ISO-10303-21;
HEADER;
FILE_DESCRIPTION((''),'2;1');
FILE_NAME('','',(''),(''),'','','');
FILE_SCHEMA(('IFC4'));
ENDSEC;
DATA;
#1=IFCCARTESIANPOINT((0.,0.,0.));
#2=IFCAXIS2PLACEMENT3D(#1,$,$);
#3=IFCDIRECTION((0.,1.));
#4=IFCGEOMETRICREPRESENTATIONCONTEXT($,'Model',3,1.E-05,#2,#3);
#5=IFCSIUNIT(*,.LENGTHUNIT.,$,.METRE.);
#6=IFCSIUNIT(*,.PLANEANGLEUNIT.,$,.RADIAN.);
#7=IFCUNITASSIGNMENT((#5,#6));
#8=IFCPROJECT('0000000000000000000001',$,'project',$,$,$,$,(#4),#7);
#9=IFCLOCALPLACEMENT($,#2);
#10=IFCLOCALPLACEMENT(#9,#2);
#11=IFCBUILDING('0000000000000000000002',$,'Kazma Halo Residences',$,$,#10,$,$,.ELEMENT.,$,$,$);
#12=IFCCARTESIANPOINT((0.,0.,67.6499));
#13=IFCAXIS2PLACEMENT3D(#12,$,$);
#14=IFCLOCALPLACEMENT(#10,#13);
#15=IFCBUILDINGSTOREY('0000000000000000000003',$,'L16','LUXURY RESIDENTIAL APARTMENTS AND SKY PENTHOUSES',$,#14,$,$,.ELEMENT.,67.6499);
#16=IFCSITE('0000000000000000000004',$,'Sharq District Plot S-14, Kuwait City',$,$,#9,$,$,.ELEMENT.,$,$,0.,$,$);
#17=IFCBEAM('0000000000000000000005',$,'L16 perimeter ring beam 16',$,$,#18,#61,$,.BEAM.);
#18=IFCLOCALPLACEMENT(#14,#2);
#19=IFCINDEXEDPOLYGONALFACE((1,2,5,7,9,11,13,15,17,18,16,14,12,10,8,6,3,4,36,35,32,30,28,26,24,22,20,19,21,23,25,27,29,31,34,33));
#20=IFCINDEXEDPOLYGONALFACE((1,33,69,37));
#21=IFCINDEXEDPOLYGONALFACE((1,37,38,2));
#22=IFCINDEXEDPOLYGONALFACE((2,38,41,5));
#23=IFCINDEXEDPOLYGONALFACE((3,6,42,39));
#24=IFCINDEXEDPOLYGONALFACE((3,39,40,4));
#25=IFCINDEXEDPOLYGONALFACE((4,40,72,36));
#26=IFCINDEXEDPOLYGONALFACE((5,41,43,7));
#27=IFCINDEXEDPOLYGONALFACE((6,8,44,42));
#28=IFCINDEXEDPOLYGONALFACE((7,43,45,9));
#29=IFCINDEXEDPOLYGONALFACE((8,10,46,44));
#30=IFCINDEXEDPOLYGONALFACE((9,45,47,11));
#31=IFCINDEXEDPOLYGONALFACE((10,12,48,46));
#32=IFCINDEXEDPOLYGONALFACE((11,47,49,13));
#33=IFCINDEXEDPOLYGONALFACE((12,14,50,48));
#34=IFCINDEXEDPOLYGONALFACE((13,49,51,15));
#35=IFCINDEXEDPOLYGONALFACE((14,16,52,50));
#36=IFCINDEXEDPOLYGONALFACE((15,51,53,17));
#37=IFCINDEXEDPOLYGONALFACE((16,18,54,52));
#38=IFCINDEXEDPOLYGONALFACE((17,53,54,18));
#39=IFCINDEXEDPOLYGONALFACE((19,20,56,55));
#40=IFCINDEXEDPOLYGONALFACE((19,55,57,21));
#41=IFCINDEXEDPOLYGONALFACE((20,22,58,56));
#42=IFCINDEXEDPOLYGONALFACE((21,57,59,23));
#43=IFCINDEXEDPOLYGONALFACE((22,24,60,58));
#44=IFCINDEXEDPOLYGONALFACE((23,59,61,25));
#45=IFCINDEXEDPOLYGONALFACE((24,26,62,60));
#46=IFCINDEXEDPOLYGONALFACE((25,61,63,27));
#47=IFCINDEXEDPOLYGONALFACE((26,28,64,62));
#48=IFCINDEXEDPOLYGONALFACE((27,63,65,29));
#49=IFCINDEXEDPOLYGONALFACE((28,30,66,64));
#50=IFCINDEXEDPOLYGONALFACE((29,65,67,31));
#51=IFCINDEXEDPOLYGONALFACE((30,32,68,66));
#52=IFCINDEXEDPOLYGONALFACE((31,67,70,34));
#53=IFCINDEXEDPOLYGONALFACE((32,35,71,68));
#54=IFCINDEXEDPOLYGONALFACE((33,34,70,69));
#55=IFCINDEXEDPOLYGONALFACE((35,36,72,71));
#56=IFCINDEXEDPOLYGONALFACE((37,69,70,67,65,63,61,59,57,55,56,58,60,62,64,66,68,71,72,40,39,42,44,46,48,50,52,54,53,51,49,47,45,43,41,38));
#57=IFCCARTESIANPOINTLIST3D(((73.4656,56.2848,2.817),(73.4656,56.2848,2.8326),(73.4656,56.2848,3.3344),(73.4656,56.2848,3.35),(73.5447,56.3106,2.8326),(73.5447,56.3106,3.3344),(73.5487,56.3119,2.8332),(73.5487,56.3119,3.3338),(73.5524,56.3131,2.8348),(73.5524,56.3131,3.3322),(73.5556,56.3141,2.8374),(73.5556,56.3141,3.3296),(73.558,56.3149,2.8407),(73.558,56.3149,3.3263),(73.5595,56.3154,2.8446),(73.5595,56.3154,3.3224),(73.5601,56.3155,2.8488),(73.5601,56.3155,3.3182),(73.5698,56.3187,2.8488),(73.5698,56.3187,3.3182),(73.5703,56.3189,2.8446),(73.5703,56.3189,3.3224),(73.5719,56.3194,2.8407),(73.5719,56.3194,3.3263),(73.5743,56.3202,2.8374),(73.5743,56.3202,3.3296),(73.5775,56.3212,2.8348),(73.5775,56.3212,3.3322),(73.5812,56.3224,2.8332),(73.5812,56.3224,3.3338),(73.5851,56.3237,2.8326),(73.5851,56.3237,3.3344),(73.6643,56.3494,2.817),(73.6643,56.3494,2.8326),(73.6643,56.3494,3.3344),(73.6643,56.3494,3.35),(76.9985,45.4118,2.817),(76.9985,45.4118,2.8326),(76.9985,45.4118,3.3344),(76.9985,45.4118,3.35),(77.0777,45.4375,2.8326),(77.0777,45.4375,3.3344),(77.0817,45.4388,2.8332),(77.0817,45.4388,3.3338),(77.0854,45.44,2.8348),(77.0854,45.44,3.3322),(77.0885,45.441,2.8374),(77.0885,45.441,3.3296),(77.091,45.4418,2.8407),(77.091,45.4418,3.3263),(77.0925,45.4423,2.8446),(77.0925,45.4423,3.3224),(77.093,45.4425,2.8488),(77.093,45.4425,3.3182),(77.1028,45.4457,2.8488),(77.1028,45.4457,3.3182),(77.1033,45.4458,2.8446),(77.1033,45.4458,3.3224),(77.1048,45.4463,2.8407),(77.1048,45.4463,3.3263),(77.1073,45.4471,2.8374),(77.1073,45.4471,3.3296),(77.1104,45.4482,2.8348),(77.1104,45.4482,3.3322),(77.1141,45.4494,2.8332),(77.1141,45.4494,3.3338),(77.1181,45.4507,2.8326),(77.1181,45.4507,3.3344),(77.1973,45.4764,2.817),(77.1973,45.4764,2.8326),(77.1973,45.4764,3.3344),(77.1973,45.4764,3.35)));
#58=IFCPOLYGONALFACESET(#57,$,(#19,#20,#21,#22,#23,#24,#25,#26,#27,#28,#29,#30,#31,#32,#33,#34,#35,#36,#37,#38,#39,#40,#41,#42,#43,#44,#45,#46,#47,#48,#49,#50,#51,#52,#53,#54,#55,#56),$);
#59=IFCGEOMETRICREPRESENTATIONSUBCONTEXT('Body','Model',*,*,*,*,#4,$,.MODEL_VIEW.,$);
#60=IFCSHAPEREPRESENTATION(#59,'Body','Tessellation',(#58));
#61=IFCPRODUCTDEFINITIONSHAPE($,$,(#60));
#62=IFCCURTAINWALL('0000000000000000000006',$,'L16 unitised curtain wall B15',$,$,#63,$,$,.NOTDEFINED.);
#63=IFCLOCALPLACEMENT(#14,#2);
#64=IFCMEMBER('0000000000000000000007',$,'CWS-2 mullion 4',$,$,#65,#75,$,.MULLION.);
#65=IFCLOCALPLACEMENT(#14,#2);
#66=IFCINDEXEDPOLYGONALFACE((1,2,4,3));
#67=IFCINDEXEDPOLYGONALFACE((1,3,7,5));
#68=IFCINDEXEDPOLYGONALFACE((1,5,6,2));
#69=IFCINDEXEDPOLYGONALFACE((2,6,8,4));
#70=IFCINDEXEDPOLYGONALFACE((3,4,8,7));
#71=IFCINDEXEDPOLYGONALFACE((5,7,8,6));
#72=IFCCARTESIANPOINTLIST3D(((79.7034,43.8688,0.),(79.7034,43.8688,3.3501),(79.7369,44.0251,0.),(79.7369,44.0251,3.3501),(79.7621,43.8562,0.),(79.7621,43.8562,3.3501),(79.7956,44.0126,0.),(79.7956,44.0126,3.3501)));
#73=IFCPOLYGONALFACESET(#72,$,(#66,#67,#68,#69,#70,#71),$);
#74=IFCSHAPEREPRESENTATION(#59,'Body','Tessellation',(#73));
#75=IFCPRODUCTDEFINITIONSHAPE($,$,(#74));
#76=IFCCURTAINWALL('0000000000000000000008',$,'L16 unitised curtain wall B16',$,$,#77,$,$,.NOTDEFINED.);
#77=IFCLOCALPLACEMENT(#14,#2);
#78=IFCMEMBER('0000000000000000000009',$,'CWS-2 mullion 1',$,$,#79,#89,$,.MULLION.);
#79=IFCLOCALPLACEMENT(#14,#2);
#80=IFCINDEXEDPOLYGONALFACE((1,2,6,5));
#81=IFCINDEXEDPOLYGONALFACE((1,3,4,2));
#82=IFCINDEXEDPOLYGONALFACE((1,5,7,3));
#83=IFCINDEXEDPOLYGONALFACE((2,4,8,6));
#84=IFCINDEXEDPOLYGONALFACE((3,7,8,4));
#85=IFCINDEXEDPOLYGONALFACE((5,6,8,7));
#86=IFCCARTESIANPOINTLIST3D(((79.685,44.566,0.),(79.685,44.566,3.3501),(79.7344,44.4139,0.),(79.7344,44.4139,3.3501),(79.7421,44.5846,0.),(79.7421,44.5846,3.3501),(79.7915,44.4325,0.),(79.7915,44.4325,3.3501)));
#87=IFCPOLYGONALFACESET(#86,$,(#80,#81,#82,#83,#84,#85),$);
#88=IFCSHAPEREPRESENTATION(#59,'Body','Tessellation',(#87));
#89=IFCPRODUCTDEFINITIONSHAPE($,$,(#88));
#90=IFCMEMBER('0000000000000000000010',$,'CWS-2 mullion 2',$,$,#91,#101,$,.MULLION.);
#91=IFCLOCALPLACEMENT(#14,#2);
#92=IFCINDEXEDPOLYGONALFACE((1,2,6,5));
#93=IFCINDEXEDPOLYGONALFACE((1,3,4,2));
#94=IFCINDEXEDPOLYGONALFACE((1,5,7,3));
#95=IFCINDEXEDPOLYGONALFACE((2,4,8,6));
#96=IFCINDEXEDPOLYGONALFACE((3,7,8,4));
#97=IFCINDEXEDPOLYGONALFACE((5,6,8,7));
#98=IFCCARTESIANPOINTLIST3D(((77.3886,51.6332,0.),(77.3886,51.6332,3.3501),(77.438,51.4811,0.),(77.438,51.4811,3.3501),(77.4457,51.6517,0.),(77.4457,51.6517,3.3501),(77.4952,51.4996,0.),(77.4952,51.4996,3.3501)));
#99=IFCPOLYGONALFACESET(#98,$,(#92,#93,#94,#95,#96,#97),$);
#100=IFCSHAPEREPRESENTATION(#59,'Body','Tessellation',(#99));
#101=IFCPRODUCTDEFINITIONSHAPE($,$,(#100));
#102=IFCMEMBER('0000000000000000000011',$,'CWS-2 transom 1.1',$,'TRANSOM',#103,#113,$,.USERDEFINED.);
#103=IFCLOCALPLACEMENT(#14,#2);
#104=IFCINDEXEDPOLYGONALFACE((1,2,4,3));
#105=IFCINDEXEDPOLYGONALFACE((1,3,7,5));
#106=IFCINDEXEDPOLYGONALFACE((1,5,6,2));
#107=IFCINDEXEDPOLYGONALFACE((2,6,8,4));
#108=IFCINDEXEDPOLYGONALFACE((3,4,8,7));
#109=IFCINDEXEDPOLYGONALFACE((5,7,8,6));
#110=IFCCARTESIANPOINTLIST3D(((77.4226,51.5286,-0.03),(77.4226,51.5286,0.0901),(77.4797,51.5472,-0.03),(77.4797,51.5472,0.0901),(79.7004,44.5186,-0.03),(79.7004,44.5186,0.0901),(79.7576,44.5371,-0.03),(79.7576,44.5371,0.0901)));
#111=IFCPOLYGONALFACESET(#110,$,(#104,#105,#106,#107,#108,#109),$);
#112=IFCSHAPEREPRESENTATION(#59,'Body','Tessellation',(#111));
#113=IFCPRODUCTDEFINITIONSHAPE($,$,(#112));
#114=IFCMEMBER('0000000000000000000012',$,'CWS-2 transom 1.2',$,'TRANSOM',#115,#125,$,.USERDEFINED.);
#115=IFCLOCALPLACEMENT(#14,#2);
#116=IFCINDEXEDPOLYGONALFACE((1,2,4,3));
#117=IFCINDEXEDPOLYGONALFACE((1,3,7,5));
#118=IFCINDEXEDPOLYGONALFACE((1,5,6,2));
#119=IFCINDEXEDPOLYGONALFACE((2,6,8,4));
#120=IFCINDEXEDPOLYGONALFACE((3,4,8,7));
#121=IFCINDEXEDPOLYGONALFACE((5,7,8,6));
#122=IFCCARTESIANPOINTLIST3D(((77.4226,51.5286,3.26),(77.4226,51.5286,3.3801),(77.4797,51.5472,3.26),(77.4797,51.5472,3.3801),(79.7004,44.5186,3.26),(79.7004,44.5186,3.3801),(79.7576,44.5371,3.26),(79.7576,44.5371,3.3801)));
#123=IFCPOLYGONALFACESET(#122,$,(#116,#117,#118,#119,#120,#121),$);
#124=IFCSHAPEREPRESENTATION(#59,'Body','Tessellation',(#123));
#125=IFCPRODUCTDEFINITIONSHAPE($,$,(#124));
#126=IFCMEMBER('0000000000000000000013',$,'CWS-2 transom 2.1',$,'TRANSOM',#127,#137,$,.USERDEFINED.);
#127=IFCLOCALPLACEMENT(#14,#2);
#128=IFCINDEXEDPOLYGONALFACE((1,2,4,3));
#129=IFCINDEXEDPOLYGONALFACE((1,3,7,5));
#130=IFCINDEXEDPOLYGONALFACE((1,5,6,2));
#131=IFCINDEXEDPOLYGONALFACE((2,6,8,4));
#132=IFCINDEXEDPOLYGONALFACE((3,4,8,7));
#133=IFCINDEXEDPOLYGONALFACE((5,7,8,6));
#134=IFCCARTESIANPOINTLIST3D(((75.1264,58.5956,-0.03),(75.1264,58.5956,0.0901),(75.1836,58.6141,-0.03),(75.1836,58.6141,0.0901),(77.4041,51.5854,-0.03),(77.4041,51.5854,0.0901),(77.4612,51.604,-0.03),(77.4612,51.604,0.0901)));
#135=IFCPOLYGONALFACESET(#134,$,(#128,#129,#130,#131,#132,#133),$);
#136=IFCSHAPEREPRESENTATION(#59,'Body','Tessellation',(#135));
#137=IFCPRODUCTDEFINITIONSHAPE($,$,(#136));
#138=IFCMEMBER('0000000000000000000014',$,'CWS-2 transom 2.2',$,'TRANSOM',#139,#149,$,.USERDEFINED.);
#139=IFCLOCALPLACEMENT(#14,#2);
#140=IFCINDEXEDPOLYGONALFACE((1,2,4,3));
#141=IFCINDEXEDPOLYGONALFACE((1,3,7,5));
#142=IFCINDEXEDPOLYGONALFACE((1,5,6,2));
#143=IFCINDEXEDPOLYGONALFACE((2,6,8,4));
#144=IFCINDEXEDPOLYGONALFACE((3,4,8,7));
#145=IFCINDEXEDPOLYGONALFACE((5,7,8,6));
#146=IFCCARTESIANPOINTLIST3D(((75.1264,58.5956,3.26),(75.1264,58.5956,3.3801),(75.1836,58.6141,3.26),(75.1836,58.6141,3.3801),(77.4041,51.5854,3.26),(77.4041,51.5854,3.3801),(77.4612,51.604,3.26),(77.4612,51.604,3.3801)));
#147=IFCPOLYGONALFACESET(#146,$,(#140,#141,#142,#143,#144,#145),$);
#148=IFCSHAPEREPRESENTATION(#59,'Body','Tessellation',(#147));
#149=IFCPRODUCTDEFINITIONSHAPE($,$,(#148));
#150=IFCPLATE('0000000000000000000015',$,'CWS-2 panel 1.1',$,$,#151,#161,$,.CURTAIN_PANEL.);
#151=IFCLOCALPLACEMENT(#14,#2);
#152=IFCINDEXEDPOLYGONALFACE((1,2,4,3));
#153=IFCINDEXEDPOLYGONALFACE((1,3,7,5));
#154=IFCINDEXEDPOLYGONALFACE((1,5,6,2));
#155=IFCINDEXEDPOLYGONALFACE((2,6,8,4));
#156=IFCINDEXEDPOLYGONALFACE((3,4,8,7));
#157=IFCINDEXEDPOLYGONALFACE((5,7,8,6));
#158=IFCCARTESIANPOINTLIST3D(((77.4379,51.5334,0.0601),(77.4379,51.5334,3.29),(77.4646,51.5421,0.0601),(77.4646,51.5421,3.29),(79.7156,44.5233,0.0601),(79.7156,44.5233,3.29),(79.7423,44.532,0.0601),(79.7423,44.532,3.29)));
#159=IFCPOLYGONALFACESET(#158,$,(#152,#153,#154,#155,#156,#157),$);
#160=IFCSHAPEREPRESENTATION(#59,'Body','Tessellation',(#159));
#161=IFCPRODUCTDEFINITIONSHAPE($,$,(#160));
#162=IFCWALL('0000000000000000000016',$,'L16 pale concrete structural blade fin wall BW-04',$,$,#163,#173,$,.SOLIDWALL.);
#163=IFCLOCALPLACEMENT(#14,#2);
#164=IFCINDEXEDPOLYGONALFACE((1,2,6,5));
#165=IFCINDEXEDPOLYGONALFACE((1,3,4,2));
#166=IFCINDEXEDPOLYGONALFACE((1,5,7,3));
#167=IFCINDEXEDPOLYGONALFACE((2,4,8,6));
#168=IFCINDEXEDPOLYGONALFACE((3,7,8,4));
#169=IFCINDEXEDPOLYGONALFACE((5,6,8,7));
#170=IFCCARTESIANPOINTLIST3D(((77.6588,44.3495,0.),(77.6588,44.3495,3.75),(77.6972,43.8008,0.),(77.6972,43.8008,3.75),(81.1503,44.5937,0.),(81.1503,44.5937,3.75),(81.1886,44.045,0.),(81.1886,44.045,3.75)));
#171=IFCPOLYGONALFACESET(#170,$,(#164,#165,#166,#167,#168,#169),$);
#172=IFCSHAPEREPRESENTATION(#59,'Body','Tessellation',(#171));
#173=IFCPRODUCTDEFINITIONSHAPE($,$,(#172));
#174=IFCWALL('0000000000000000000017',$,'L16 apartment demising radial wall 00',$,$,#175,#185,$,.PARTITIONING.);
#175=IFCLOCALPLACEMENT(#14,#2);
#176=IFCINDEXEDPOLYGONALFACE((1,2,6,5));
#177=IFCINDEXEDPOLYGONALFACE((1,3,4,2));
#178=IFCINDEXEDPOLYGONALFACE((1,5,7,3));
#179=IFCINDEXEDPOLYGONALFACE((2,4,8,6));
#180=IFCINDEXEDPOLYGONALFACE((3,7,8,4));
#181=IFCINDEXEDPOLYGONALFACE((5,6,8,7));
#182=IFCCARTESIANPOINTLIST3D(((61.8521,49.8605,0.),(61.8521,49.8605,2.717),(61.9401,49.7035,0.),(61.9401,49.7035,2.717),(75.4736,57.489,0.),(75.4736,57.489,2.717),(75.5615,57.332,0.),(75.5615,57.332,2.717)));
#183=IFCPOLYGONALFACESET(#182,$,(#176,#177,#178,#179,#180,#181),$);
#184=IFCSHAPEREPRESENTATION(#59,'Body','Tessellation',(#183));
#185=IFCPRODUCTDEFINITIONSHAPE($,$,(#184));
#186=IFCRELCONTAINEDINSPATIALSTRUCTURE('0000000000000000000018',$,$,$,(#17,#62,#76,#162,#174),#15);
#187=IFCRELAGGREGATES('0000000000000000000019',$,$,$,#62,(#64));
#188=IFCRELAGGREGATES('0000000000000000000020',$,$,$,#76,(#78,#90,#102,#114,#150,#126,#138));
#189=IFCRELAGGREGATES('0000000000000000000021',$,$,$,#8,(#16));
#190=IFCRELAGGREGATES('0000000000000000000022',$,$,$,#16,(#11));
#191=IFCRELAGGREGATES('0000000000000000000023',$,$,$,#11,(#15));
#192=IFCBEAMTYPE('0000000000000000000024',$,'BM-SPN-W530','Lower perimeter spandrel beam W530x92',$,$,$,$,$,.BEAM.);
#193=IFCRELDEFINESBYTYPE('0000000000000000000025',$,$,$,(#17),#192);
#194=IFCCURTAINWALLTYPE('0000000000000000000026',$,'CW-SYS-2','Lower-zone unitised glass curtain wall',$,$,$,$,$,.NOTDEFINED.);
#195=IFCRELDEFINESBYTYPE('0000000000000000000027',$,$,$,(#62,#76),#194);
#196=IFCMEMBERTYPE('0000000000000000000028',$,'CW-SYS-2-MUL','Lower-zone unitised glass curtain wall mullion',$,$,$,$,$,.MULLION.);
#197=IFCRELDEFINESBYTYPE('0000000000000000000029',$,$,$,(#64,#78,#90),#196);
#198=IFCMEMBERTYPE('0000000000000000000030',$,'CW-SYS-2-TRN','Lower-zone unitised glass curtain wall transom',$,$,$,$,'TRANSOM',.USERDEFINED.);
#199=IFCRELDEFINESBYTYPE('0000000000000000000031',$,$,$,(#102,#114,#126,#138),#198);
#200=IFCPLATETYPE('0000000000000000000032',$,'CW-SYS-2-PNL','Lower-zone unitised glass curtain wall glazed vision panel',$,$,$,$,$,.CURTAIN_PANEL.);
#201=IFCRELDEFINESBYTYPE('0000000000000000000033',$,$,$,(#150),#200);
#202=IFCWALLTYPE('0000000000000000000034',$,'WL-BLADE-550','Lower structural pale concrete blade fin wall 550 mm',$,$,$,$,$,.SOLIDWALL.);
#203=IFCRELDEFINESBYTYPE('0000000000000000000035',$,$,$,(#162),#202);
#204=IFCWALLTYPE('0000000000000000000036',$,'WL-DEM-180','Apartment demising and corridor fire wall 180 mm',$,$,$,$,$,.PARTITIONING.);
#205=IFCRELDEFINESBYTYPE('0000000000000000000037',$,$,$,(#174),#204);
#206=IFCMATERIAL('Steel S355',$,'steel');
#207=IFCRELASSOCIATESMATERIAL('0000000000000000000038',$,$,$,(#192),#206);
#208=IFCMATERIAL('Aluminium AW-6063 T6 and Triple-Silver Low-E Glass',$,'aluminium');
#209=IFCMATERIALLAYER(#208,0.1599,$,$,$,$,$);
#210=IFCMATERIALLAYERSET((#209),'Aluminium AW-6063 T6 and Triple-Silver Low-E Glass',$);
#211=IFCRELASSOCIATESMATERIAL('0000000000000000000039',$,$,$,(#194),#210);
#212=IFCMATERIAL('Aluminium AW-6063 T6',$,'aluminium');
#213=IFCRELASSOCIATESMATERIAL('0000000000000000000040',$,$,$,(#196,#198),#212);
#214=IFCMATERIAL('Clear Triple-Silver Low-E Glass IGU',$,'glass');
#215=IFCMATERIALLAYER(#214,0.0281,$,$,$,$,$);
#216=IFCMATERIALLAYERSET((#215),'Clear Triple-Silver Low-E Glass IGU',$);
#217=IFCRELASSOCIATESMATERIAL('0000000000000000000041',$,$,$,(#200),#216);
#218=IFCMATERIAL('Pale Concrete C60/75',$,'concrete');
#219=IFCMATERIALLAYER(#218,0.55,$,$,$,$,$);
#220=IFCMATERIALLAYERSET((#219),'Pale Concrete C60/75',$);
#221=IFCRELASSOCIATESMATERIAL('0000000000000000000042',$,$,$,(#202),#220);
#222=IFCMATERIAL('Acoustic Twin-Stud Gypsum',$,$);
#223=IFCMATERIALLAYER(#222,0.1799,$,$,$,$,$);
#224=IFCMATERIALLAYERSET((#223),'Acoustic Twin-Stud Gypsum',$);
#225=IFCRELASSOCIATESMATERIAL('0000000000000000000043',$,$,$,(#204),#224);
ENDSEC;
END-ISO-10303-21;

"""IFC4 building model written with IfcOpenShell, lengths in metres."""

from ifc_helpers import new_model, si_unit, direction, frame, frame_2d, origin, origin_2d, place, context, subcontext, project, spatial, rectangle, i_section, extrude, material, layer, layer_set, material_profile, profile_set, type_object, element, aggregate, save


model = new_model("IFC4")

# Units and contexts
model_context = context("Model", 3, precision=1e-05, world=origin(), true_north=direction((0.0, 1.0)))
body_context = subcontext(model_context, "Body", "Model", "MODEL_VIEW")
ifc_project = project(units=[si_unit("LENGTHUNIT", "METRE"), si_unit("PLANEANGLEUNIT", "RADIAN")], contexts=[model_context])

# Site, building, storey
site_placement = place(None, origin())
site = spatial("IfcSite", under=ifc_project, at=site_placement, Name="Sharq District Plot S-14, Kuwait City", CompositionType="ELEMENT", RefElevation=0.0)
building_placement = place(site_placement, origin())
building = spatial("IfcBuilding", under=site, at=building_placement, Name="Kazma Halo Residences", CompositionType="ELEMENT")
storey_placement = place(building_placement, frame((0.0, 0.0, 67.6499)))
storey = spatial("IfcBuildingStorey", under=building, at=storey_placement, Name="L16", Description="LUXURY RESIDENTIAL APARTMENTS AND SKY PENTHOUSES", CompositionType="ELEMENT", Elevation=67.6499)

# Beam
ifc_material_1 = material(Name="Steel S355", Category="steel")
ifc_material_profile_1 = material_profile(ifc_material_1, i_section(OverallWidth=0.209, OverallDepth=0.533, WebThickness=0.0103, FlangeThickness=0.0156, FilletRadius=0.0161, at=origin_2d()), Name="W530x92")
ifc_profile_set_1 = profile_set([ifc_material_profile_1], Name="Steel S355")
beam_type_1 = type_object("IfcBeamType", Name="BM-SPN-W530", Description="Lower perimeter spandrel beam W530x92", PredefinedType="BEAM", material=ifc_profile_set_1)
beam_1_placement = place(storey_placement, frame((77.0979, 45.4441, 3.0835), z_axis=(-0.309024, 0.951054, 0.0), x_axis=(-0.951054, -0.309024, 0.0)))
element("IfcBeam", 1, at=beam_1_placement, inside=storey, type_object=beam_type_1, Name="L16 perimeter ring beam 16", PredefinedType="BEAM", context=body_context, shape_type="SweptSolid", body=[
    extrude(i_section(OverallWidth=0.209, OverallDepth=0.533, WebThickness=0.0103, FlangeThickness=0.0156, FilletRadius=0.0161, at=origin_2d()), origin(), (0.0, 0.0, 1.0), 11.4326),
])

# Curtain wall, member
ifc_material_2 = material(Name="Aluminium AW-6063 T6 and Triple-Silver Low-E Glass", Category="aluminium")
ifc_layer_1 = layer(ifc_material_2, 0.1599)
ifc_layer_set_1 = layer_set([ifc_layer_1], Name="Aluminium AW-6063 T6 and Triple-Silver Low-E Glass")
curtain_wall_type = type_object("IfcCurtainWallType", Name="CW-SYS-2", Description="Lower-zone unitised glass curtain wall", PredefinedType="NOTDEFINED", material=ifc_layer_set_1)
curtain_wall_1_placement = place(storey_placement, origin())
curtain_wall_1 = element("IfcCurtainWall", 2, at=curtain_wall_1_placement, inside=storey, type_object=curtain_wall_type, Name="L16 unitised curtain wall B15", PredefinedType="NOTDEFINED")
ifc_material_3 = material(Name="Aluminium AW-6063 T6", Category="aluminium")
ifc_material_profile_2 = material_profile(ifc_material_3, rectangle(XDim=0.0601, YDim=0.1599, at=origin_2d()), Name="CWM-60x160")
ifc_profile_set_2 = profile_set([ifc_material_profile_2], Name="Aluminium AW-6063 T6")
member_type_1 = type_object("IfcMemberType", Name="CW-SYS-2-MUL", Description="Lower-zone unitised glass curtain wall mullion", PredefinedType="MULLION", material=ifc_profile_set_2)
member_1_placement = place(storey_placement, frame((79.7495, 43.9407, 0.0), z_axis=(0.0, 0.0, 1.0), x_axis=(-0.977779, 0.209637, 0.0)))
member_1 = element("IfcMember", 3, at=member_1_placement, type_object=member_type_1, Name="CWS-2 mullion 4", PredefinedType="MULLION", context=body_context, shape_type="SweptSolid", body=[
    extrude(rectangle(XDim=0.0601, YDim=0.1599, at=origin_2d()), origin(), (0.0, 0.0, 1.0), 3.3501),
])
aggregate(curtain_wall_1, [member_1])

# Curtain wall, members, plate
curtain_wall_2_placement = place(storey_placement, origin())
curtain_wall_2 = element("IfcCurtainWall", 4, at=curtain_wall_2_placement, inside=storey, type_object=curtain_wall_type, Name="L16 unitised curtain wall B16", PredefinedType="NOTDEFINED")
member_2_placement = place(storey_placement, frame((79.7383, 44.4993, 0.0), z_axis=(0.0, 0.0, 1.0), x_axis=(-0.951057, -0.309017, 0.0)))
member_2 = element("IfcMember", 5, at=member_2_placement, type_object=member_type_1, Name="CWS-2 mullion 1", PredefinedType="MULLION", context=body_context, shape_type="SweptSolid", body=[
    extrude(rectangle(XDim=0.0601, YDim=0.1599, at=origin_2d()), origin(), (0.0, 0.0, 1.0), 3.3501),
])
member_3_placement = place(storey_placement, frame((77.4419, 51.5664, 0.0), z_axis=(0.0, 0.0, 1.0), x_axis=(-0.951057, -0.309017, 0.0)))
member_3 = element("IfcMember", 6, at=member_3_placement, type_object=member_type_1, Name="CWS-2 mullion 2", PredefinedType="MULLION", context=body_context, shape_type="SweptSolid", body=[
    extrude(rectangle(XDim=0.0601, YDim=0.1599, at=origin_2d()), origin(), (0.0, 0.0, 1.0), 3.3501),
])
ifc_material_profile_3 = material_profile(ifc_material_3, rectangle(XDim=0.0601, YDim=0.1201, at=origin_2d()), Name="CWT-60x120")
ifc_profile_set_3 = profile_set([ifc_material_profile_3], Name="Aluminium AW-6063 T6")
member_type_2 = type_object("IfcMemberType", Name="CW-SYS-2-TRN", Description="Lower-zone unitised glass curtain wall transom", ElementType="TRANSOM", PredefinedType="USERDEFINED", material=ifc_profile_set_3)
member_4_placement = place(storey_placement, frame((79.729, 44.5278, 0.03), z_axis=(-0.309034, 0.951051, 0.0), x_axis=(-0.951051, -0.309034, 0.0)))
member_4 = element("IfcMember", 7, at=member_4_placement, type_object=member_type_2, Name="CWS-2 transom 1.1", ObjectType="TRANSOM", PredefinedType="USERDEFINED", context=body_context, shape_type="SweptSolid", body=[
    extrude(rectangle(XDim=0.0601, YDim=0.1201, at=origin_2d()), origin(), (0.0, 0.0, 1.0), 7.3708),
])
member_5_placement = place(storey_placement, frame((79.729, 44.5278, 3.3201), z_axis=(-0.309034, 0.951051, 0.0), x_axis=(-0.951051, -0.309034, 0.0)))
member_5 = element("IfcMember", 8, at=member_5_placement, type_object=member_type_2, Name="CWS-2 transom 1.2", ObjectType="TRANSOM", PredefinedType="USERDEFINED", context=body_context, shape_type="SweptSolid", body=[
    extrude(rectangle(XDim=0.0601, YDim=0.1201, at=origin_2d()), origin(), (0.0, 0.0, 1.0), 7.3708),
])
member_6_placement = place(storey_placement, frame((77.4326, 51.5947, 0.03), z_axis=(-0.309004, 0.951061, 0.0), x_axis=(-0.951061, -0.309004, 0.0)))
member_6 = element("IfcMember", 9, at=member_6_placement, type_object=member_type_2, Name="CWS-2 transom 2.1", ObjectType="TRANSOM", PredefinedType="USERDEFINED", context=body_context, shape_type="SweptSolid", body=[
    extrude(rectangle(XDim=0.0601, YDim=0.1201, at=origin_2d()), origin(), (0.0, 0.0, 1.0), 7.3708),
])
member_7_placement = place(storey_placement, frame((77.4326, 51.5947, 3.3201), z_axis=(-0.309004, 0.951061, 0.0), x_axis=(-0.951061, -0.309004, 0.0)))
member_7 = element("IfcMember", 10, at=member_7_placement, type_object=member_type_2, Name="CWS-2 transom 2.2", ObjectType="TRANSOM", PredefinedType="USERDEFINED", context=body_context, shape_type="SweptSolid", body=[
    extrude(rectangle(XDim=0.0601, YDim=0.1201, at=origin_2d()), origin(), (0.0, 0.0, 1.0), 7.3708),
])
ifc_material_4 = material(Name="Clear Triple-Silver Low-E Glass IGU", Category="glass")
ifc_layer_2 = layer(ifc_material_4, 0.0281)
ifc_layer_set_2 = layer_set([ifc_layer_2], Name="Clear Triple-Silver Low-E Glass IGU")
plate_type = type_object("IfcPlateType", Name="CW-SYS-2-PNL", Description="Lower-zone unitised glass curtain wall glazed vision panel", PredefinedType="CURTAIN_PANEL", material=ifc_layer_set_2)
plate_placement = place(storey_placement, frame((78.5901, 48.0327, 0.0601), z_axis=(0.0, 0.0, 1.0), x_axis=(-0.309017, 0.951057, 0.0)))
plate = element("IfcPlate", 11, at=plate_placement, type_object=plate_type, Name="CWS-2 panel 1.1", PredefinedType="CURTAIN_PANEL", context=body_context, shape_type="SweptSolid", body=[
    extrude(rectangle(XDim=7.3708, YDim=0.0281, at=origin_2d()), origin(), (0.0, 0.0, 1.0), 3.23),
])
aggregate(curtain_wall_2, [member_2, member_3, member_4, member_5, plate, member_6, member_7])

# Walls
ifc_material_5 = material(Name="Pale Concrete C60/75", Category="concrete")
ifc_layer_3 = layer(ifc_material_5, 0.55)
ifc_layer_set_3 = layer_set([ifc_layer_3], Name="Pale Concrete C60/75")
wall_type_1 = type_object("IfcWallType", Name="WL-BLADE-550", Description="Lower structural pale concrete blade fin wall 550 mm", PredefinedType="SOLIDWALL", material=ifc_layer_set_3)
wall_1_placement = place(storey_placement, frame((77.678, 44.0752, 0.0), z_axis=(0.0, 0.0, 1.0), x_axis=(0.997564, 0.069755, 0.0)))
element("IfcWall", 12, at=wall_1_placement, inside=storey, type_object=wall_type_1, Name="L16 pale concrete structural blade fin wall BW-04", PredefinedType="SOLIDWALL", context=body_context, shape_type="SweptSolid", body=[
    extrude(rectangle(XDim=3.5, YDim=0.55, at=frame_2d((1.75, 0.0))), origin(), (0.0, 0.0, 1.0), 3.75),
])
ifc_material_6 = material(Name="Acoustic Twin-Stud Gypsum")
ifc_layer_4 = layer(ifc_material_6, 0.1799)
ifc_layer_set_4 = layer_set([ifc_layer_4], Name="Acoustic Twin-Stud Gypsum")
wall_type_2 = type_object("IfcWallType", Name="WL-DEM-180", Description="Apartment demising and corridor fire wall 180 mm", PredefinedType="PARTITIONING", material=ifc_layer_set_4)
wall_2_placement = place(storey_placement, frame((61.896, 49.782, 0.0), z_axis=(0.0, 0.0, 1.0), x_axis=(0.872493, 0.488626, 0.0)))
element("IfcWall", 13, at=wall_2_placement, inside=storey, type_object=wall_type_2, Name="L16 apartment demising radial wall 00", PredefinedType="PARTITIONING", context=body_context, shape_type="SweptSolid", body=[
    extrude(rectangle(XDim=15.6121, YDim=0.1799, at=frame_2d((7.8062, 0.0))), origin(), (0.0, 0.0, 1.0), 2.717),
])

save(model, "model.ifc")
